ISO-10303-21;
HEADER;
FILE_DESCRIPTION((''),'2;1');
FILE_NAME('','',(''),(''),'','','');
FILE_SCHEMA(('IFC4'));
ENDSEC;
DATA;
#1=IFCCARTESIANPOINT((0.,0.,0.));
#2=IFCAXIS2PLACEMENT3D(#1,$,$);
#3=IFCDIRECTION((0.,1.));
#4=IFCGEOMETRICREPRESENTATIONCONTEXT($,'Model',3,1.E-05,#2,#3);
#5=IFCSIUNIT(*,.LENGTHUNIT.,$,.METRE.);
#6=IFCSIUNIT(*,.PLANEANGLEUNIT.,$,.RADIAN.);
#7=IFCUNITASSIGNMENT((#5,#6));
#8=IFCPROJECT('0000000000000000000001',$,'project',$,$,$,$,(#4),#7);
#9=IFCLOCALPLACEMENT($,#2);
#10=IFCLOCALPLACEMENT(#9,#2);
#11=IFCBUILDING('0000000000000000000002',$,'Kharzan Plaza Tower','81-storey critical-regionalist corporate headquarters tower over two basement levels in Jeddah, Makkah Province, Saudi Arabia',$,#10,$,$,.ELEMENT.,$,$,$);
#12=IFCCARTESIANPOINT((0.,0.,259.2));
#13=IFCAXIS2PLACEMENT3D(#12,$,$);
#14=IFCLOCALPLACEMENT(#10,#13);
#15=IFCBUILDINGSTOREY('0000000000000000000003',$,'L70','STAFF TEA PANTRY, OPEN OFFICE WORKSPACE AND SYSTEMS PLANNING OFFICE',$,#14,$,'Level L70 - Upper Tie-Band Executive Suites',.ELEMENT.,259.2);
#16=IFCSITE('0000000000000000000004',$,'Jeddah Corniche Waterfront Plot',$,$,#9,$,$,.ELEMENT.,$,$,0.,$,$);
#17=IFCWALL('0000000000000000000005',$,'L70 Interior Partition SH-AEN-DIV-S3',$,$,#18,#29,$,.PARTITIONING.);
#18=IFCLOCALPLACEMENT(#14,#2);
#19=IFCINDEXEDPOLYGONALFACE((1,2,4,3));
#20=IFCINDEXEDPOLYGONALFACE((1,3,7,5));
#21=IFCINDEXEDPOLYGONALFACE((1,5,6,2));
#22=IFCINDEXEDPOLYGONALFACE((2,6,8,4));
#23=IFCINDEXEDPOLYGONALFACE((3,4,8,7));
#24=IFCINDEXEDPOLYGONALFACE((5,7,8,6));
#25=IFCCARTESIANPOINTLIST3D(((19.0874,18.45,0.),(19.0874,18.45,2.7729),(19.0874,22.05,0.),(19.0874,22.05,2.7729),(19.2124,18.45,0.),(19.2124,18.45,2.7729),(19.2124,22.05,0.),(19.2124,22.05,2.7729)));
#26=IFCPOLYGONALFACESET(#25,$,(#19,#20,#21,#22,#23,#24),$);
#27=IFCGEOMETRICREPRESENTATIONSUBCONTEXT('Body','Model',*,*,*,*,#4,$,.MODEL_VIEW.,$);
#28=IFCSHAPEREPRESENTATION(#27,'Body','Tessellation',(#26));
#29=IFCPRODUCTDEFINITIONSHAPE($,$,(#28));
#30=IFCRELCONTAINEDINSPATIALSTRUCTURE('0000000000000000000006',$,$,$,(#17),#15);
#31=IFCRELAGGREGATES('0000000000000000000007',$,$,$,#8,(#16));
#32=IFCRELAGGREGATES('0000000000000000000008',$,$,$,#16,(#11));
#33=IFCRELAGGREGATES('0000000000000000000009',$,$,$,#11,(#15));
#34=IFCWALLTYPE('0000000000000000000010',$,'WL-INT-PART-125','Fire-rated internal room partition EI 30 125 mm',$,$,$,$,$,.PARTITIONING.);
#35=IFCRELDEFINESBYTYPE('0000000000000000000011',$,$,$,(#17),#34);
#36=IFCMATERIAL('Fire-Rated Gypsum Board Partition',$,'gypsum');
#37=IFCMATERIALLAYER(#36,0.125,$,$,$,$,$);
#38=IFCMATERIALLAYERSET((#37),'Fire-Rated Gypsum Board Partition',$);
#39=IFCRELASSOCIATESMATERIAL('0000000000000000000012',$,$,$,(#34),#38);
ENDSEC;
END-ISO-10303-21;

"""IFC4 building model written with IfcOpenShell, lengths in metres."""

from ifc_helpers import new_model, si_unit, direction, frame, frame_2d, origin, place, context, subcontext, project, spatial, rectangle, extrude, source, transform, mapped, material, layer, layer_set, type_object, element, save


model = new_model("IFC4")

# Units and contexts
model_context = context("Model", 3, precision=1e-05, world=origin(), true_north=direction((0.0, 1.0)))
body_context = subcontext(model_context, "Body", "Model", "MODEL_VIEW")
ifc_project = project(units=[si_unit("LENGTHUNIT", "METRE"), si_unit("PLANEANGLEUNIT", "RADIAN")], contexts=[model_context])

# Site, building, storey
site_placement = place(None, origin())
site = spatial("IfcSite", under=ifc_project, at=site_placement, Name="Jeddah Corniche Waterfront Plot", CompositionType="ELEMENT", RefElevation=0.0)
building_placement = place(site_placement, origin())
building = spatial("IfcBuilding", under=site, at=building_placement, Name="Kharzan Plaza Tower", Description="81-storey critical-regionalist corporate headquarters tower over two basement levels in Jeddah, Makkah Province, Saudi Arabia", CompositionType="ELEMENT")
storey_placement = place(building_placement, frame((0.0, 0.0, 259.2)))
storey = spatial("IfcBuildingStorey", under=building, at=storey_placement, Name="L70", Description="STAFF TEA PANTRY, OPEN OFFICE WORKSPACE AND SYSTEMS PLANNING OFFICE", LongName="Level L70 - Upper Tie-Band Executive Suites", CompositionType="ELEMENT", Elevation=259.2)

# Shared definitions
ifc_material_1 = material(Name="Fire-Rated Gypsum Board Partition", Category="gypsum")
ifc_layer_1 = layer(ifc_material_1, 0.125)
ifc_layer_set_1 = layer_set([ifc_layer_1], Name="Fire-Rated Gypsum Board Partition")
wall_type_1 = type_object("IfcWallType", Name="WL-INT-PART-125", Description="Fire-rated internal room partition EI 30 125 mm", PredefinedType="PARTITIONING", material=ifc_layer_set_1)

# Wall
shared_shape_1 = source(origin(), body_context, "Body", "SweptSolid", [
    extrude(rectangle(XDim=3.6001, YDim=0.125, at=frame_2d((1.8, 0.0))), origin(), (0.0, 0.0, 1.0), 2.7729),
])
for number, where, z_axis, x_axis, name in (
    (1, (19.1499, 18.45, 0.0), (0.0, 0.0, 1.0), (0.0, 1.0, 0.0), "L70 Interior Partition SH-AEN-DIV-S3"),
):
    element("IfcWall", number, at=place(storey_placement, frame(where, z_axis=z_axis, x_axis=x_axis)), inside=storey, type_object=wall_type_1, Name=name, PredefinedType="PARTITIONING", context=body_context, shape_type="MappedRepresentation", body=[
        mapped(shared_shape_1, transform((0.0, 0.0, 0.0), x_axis=(1.0, 0.0, 0.0), y_axis=(0.0, 1.0, 0.0), z_axis=(0.0, 0.0, 1.0))),
    ])

save(model, "model.ifc")
